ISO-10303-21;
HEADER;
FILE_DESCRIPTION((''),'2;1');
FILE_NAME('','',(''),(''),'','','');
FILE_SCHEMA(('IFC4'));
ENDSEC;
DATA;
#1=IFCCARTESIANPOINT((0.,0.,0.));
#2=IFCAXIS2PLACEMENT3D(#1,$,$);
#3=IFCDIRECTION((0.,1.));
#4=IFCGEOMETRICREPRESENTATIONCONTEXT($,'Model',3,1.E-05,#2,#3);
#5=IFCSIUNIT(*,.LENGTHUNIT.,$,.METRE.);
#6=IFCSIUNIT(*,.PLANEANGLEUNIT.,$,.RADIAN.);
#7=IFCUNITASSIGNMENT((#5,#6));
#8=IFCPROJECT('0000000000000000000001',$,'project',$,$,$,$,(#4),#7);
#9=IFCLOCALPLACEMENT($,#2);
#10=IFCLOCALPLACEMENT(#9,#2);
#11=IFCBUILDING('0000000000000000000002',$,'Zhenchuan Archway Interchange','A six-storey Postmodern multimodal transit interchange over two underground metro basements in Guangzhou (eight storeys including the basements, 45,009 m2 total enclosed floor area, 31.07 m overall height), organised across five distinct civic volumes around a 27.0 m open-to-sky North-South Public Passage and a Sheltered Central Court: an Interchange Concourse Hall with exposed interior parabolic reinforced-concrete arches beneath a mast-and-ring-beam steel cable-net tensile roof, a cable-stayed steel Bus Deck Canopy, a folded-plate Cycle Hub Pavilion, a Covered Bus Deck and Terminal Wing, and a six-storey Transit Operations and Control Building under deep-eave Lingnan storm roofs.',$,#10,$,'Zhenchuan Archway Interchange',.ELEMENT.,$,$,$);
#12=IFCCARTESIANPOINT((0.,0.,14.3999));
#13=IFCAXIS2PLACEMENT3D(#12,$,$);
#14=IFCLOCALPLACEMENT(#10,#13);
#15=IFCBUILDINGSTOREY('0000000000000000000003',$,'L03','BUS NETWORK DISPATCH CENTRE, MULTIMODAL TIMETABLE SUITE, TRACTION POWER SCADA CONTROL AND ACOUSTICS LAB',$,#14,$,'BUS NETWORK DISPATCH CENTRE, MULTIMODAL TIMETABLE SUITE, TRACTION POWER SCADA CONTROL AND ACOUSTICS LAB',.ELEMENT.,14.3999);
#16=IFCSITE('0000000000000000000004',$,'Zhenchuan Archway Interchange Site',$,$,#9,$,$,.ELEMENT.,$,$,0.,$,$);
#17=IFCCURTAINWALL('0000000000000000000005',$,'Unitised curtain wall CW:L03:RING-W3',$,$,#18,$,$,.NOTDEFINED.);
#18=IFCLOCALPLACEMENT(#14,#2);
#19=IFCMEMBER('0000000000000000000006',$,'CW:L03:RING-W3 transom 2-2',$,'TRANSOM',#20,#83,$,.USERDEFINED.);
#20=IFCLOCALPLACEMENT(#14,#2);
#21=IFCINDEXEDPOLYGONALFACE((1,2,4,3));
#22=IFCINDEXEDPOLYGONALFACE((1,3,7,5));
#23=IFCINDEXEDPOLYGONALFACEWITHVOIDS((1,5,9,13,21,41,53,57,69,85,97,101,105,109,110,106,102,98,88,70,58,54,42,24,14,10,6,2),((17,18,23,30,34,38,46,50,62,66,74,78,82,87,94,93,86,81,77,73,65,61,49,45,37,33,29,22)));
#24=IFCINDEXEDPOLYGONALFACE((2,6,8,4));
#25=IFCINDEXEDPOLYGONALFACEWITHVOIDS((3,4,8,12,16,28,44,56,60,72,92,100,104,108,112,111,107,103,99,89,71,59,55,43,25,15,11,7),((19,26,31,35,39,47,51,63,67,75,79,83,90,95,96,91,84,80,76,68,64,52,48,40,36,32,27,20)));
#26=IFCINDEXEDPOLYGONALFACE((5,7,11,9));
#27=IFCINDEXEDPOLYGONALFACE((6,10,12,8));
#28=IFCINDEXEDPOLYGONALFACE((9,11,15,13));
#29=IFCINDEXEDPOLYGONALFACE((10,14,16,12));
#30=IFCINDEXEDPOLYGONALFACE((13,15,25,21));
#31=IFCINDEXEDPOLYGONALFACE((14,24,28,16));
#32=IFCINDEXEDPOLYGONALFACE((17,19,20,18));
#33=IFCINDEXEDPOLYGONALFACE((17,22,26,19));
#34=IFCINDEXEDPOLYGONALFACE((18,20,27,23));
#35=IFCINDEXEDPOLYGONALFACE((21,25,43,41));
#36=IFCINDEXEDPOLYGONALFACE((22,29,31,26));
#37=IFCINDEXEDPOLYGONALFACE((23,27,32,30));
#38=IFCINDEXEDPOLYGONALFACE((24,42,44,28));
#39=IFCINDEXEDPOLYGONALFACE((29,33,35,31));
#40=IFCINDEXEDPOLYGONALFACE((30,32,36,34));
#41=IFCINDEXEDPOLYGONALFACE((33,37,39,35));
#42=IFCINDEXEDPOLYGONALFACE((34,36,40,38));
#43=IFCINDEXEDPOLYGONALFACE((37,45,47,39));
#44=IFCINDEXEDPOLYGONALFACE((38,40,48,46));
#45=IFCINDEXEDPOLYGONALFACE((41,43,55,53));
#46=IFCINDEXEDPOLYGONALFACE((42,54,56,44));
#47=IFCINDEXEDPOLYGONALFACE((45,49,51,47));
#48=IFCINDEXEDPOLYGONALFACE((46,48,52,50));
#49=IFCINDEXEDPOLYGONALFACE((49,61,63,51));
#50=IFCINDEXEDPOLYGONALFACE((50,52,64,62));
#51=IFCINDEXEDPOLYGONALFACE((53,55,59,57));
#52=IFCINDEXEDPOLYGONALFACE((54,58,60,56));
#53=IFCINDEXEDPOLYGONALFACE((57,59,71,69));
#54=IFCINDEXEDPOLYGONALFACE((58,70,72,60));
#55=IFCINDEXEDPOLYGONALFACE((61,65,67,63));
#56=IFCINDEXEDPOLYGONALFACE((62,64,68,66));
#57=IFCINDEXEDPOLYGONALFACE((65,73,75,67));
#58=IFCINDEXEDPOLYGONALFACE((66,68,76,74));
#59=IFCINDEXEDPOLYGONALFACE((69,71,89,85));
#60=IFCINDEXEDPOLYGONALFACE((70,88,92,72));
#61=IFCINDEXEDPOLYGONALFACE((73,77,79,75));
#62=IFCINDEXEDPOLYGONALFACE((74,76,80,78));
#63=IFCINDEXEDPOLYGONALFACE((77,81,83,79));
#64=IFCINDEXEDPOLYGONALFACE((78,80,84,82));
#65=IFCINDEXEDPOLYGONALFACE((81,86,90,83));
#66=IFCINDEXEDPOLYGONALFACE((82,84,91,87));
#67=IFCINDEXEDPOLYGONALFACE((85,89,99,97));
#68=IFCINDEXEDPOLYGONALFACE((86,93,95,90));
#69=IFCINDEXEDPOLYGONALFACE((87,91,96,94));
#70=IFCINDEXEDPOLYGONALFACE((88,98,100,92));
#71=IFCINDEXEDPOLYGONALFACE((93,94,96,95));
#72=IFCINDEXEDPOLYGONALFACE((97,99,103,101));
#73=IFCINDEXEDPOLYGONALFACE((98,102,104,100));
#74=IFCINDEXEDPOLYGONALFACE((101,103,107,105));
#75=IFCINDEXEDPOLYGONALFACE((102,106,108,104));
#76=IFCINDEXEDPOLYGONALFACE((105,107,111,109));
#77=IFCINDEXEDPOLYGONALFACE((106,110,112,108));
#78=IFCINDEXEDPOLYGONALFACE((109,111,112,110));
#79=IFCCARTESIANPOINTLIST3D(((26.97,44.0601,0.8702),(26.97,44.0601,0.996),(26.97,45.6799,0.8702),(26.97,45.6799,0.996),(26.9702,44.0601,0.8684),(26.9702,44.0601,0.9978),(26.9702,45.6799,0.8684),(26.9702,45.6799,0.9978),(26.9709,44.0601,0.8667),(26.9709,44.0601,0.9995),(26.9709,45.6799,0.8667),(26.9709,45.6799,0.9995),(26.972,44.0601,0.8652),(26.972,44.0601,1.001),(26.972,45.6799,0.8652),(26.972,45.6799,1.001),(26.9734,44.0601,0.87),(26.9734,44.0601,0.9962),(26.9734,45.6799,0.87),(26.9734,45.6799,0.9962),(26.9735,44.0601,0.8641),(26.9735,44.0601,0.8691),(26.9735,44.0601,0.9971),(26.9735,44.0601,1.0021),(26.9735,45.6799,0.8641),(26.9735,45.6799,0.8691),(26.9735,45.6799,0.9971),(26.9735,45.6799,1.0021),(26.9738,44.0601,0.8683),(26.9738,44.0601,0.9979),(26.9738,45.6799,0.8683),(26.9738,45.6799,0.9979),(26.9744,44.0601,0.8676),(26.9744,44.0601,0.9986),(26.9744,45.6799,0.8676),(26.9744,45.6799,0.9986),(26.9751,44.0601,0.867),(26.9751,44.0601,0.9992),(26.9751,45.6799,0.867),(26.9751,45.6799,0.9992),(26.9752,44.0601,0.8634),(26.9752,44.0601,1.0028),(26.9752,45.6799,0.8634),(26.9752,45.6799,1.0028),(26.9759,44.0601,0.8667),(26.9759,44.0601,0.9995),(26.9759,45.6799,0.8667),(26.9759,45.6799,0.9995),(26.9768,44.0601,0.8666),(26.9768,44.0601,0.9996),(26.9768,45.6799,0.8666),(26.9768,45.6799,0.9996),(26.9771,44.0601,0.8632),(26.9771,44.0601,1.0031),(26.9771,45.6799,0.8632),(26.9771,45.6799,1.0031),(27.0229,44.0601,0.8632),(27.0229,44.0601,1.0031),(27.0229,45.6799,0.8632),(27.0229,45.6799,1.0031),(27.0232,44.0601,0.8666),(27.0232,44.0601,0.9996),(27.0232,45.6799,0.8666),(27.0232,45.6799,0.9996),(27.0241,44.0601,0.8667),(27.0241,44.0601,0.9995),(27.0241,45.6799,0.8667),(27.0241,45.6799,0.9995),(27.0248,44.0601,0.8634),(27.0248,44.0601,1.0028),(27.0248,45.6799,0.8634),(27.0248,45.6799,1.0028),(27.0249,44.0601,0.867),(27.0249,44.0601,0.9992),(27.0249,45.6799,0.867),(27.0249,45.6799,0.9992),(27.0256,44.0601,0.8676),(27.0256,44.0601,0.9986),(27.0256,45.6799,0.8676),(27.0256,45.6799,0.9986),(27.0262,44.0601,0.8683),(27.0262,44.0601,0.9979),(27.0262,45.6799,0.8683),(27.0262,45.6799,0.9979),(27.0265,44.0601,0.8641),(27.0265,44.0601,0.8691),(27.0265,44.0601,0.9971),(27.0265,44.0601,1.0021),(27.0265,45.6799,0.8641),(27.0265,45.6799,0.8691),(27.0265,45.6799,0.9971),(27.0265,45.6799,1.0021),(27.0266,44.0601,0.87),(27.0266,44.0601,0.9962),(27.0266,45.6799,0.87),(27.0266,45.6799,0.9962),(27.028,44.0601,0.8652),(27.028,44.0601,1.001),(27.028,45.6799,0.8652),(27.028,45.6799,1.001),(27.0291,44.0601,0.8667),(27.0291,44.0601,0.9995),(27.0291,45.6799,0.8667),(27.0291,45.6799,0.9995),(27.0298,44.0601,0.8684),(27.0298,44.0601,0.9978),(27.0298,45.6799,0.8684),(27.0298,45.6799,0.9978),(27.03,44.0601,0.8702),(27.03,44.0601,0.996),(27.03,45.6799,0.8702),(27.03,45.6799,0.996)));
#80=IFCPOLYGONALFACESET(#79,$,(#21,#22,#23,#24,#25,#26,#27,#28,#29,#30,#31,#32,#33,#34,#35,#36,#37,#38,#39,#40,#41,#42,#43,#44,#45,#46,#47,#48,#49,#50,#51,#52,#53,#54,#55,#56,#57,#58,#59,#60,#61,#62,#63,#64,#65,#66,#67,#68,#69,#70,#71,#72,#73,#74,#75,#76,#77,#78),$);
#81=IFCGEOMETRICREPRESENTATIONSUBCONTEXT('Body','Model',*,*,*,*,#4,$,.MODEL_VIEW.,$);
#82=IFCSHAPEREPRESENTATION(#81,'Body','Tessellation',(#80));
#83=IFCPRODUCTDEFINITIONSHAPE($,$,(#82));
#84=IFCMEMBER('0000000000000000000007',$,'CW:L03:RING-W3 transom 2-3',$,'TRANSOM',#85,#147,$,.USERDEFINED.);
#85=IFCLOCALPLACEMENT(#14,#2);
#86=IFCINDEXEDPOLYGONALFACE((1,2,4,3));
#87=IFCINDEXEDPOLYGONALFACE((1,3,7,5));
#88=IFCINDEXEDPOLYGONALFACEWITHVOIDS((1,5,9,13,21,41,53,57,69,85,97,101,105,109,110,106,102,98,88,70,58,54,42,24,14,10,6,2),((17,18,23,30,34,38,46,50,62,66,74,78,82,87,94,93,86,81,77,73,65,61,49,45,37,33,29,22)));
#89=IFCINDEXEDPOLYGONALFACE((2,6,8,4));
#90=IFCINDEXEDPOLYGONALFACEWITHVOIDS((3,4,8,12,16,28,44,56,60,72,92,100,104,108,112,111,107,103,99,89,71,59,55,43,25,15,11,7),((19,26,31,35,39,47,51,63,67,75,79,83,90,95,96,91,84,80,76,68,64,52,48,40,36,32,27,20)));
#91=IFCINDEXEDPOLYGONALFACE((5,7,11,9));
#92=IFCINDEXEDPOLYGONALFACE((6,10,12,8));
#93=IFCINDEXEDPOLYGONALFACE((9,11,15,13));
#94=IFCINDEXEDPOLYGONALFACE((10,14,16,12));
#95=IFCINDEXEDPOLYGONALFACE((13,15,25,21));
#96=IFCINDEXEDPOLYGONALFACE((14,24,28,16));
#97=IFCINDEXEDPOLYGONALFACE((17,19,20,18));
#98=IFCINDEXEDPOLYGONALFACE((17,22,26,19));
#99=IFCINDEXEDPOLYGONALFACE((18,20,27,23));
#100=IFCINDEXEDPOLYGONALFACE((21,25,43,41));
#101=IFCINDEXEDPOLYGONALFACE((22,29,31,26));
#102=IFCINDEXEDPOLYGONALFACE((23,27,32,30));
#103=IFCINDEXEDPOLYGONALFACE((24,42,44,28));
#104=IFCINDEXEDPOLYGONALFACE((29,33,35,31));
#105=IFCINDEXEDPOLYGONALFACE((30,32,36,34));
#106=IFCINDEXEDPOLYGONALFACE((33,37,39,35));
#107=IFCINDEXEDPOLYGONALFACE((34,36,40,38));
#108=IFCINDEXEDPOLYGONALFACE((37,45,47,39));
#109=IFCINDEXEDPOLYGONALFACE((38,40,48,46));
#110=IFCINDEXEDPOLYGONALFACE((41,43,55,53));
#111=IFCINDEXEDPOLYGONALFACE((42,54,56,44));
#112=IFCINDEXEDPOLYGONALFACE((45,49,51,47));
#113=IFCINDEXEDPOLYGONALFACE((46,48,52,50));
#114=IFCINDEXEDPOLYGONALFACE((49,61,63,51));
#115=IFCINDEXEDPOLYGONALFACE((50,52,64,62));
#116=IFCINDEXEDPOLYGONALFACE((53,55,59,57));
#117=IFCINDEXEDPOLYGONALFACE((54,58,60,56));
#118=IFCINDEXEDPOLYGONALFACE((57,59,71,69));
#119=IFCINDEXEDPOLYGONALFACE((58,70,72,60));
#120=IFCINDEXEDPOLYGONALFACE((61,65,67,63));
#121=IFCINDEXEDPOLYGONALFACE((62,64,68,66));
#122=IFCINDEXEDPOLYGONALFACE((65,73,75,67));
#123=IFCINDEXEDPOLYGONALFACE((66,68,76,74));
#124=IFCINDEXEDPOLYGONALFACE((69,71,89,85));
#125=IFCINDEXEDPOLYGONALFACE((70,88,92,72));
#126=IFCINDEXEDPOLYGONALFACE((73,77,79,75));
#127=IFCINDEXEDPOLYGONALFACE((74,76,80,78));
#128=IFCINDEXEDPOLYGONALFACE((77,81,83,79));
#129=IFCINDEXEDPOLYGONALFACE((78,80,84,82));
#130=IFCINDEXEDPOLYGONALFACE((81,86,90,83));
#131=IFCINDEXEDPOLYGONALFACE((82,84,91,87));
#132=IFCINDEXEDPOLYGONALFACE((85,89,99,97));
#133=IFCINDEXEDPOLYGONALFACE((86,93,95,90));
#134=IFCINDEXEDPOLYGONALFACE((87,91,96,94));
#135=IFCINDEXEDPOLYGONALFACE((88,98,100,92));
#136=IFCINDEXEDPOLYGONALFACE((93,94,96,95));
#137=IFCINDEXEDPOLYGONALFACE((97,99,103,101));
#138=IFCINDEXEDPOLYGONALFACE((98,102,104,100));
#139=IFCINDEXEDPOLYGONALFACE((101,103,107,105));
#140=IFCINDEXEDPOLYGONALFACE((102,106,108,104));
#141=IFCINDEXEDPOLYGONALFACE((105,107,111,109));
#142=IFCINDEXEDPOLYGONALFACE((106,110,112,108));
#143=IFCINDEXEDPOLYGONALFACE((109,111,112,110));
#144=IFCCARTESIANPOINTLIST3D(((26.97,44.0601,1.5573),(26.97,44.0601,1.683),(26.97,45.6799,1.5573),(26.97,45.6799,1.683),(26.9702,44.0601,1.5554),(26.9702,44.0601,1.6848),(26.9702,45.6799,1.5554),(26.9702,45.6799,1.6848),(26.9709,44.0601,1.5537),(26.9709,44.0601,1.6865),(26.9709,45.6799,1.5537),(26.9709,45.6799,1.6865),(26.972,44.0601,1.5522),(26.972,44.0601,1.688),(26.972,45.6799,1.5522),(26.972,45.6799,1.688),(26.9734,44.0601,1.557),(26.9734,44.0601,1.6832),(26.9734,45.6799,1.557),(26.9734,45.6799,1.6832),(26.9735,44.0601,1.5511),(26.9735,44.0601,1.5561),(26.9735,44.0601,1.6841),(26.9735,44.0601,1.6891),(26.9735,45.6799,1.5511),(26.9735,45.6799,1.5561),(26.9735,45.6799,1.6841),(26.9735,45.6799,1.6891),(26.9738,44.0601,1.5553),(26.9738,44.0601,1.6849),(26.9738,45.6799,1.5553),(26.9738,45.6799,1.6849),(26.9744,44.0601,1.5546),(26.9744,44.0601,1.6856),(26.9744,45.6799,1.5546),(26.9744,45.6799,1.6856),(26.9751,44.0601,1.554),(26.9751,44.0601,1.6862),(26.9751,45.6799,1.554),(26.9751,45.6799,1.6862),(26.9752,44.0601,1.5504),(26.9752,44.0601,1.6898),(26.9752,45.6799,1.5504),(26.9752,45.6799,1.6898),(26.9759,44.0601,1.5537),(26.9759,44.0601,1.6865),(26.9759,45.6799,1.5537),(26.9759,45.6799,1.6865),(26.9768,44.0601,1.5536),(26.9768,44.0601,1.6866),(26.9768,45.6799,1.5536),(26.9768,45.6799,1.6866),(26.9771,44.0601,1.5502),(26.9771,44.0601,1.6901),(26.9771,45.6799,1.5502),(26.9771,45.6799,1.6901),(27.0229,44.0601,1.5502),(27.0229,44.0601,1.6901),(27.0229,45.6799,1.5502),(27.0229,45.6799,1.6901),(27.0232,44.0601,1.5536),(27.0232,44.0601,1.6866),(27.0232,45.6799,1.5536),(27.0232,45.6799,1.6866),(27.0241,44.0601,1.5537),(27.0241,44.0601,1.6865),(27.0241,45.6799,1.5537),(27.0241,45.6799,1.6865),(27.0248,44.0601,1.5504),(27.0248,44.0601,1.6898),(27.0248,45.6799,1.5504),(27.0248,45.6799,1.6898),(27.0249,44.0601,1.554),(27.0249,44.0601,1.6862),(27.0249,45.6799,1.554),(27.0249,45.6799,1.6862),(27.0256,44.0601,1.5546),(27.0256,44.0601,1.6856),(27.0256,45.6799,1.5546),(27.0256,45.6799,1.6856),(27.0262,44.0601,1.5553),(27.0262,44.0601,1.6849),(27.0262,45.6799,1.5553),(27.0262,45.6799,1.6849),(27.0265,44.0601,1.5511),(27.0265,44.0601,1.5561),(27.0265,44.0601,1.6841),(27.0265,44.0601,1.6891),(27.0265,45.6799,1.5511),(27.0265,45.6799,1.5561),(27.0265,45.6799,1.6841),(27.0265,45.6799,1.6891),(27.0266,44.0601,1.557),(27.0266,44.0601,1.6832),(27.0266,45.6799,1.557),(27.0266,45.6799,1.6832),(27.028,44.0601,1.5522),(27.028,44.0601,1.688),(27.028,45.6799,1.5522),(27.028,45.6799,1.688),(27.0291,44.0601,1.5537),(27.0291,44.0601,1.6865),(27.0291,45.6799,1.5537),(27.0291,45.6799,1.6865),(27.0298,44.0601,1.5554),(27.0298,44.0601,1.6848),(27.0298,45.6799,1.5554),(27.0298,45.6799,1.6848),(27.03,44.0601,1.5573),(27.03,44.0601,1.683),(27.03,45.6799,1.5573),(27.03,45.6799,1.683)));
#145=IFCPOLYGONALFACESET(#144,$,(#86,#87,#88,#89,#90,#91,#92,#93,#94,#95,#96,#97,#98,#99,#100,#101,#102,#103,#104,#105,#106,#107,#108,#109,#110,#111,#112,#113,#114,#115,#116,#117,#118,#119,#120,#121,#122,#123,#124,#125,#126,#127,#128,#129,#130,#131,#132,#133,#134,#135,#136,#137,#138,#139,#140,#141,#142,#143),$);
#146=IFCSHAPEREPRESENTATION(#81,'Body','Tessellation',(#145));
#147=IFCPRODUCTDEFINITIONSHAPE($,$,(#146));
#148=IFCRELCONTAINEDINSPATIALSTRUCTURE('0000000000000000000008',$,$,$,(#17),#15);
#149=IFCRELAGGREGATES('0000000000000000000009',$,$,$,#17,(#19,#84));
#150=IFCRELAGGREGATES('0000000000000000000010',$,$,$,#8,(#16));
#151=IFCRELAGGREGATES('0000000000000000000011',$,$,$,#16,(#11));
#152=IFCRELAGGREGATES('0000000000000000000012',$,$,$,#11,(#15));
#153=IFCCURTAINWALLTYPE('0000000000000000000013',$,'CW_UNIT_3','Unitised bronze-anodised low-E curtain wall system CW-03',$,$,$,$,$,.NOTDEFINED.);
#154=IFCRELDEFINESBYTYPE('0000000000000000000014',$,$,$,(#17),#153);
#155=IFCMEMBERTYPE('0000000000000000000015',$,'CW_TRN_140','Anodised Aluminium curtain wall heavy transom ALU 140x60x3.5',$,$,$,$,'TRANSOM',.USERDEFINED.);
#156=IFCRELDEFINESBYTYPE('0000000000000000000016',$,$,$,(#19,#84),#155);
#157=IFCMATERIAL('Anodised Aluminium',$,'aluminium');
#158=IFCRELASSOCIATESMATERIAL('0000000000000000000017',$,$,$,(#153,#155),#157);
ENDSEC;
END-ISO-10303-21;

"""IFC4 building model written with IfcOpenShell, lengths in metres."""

from ifc_helpers import new_model, si_unit, direction, frame, origin, origin_2d, place, context, subcontext, project, spatial, hollow_rectangle, extrude, material, material_profile, profile_set, type_object, element, aggregate, save


model = new_model("IFC4")

# Units and contexts
model_context = context("Model", 3, precision=1e-05, world=origin(), true_north=direction((0.0, 1.0)))
body_context = subcontext(model_context, "Body", "Model", "MODEL_VIEW")
ifc_project = project(units=[si_unit("LENGTHUNIT", "METRE"), si_unit("PLANEANGLEUNIT", "RADIAN")], contexts=[model_context])

# Site, building, storey
site_placement = place(None, origin())
site = spatial("IfcSite", under=ifc_project, at=site_placement, Name="Zhenchuan Archway Interchange Site", CompositionType="ELEMENT", RefElevation=0.0)
building_placement = place(site_placement, origin())
building = spatial("IfcBuilding", under=site, at=building_placement, Name="Zhenchuan Archway Interchange", Description="A six-storey Postmodern multimodal transit interchange over two underground metro basements in Guangzhou (eight storeys including the basements, 45,009 m2 total enclosed floor area, 31.07 m overall height), organised across five distinct civic volumes around a 27.0 m open-to-sky North-South Public Passage and a Sheltered Central Court: an Interchange Concourse Hall with exposed interior parabolic reinforced-concrete arches beneath a mast-and-ring-beam steel cable-net tensile roof, a cable-stayed steel Bus Deck Canopy, a folded-plate Cycle Hub Pavilion, a Covered Bus Deck and Terminal Wing, and a six-storey Transit Operations and Control Building under deep-eave Lingnan storm roofs.", LongName="Zhenchuan Archway Interchange", CompositionType="ELEMENT")
storey_placement = place(building_placement, frame((0.0, 0.0, 14.3999)))
storey = spatial("IfcBuildingStorey", under=building, at=storey_placement, Name="L03", Description="BUS NETWORK DISPATCH CENTRE, MULTIMODAL TIMETABLE SUITE, TRACTION POWER SCADA CONTROL AND ACOUSTICS LAB", LongName="BUS NETWORK DISPATCH CENTRE, MULTIMODAL TIMETABLE SUITE, TRACTION POWER SCADA CONTROL AND ACOUSTICS LAB", CompositionType="ELEMENT", Elevation=14.3999)

# Curtain wall, members
ifc_material_1 = material(Name="Anodised Aluminium", Category="aluminium")
curtain_wall_type = type_object("IfcCurtainWallType", Name="CW_UNIT_3", Description="Unitised bronze-anodised low-E curtain wall system CW-03", PredefinedType="NOTDEFINED", material=ifc_material_1)
curtain_wall_placement = place(storey_placement, origin())
curtain_wall = element("IfcCurtainWall", 1, at=curtain_wall_placement, inside=storey, type_object=curtain_wall_type, Name="Unitised curtain wall CW:L03:RING-W3", PredefinedType="NOTDEFINED")
ifc_material_profile_1 = material_profile(ifc_material_1, hollow_rectangle(XDim=0.0601, YDim=0.1399, WallThickness=0.0034, InnerFilletRadius=0.0034, OuterFilletRadius=0.0071, at=origin_2d()), Name="ALU 140x60x3.5")
ifc_profile_set_1 = profile_set([ifc_material_profile_1], Name="Anodised Aluminium")
member_type_1 = type_object("IfcMemberType", Name="CW_TRN_140", Description="Anodised Aluminium curtain wall heavy transom ALU 140x60x3.5", ElementType="TRANSOM", PredefinedType="USERDEFINED", material=ifc_profile_set_1)
member_1_placement = place(storey_placement, frame((27.0, 44.0601, 0.9331), z_axis=(0.0, 1.0, 0.0), x_axis=(-1.0, 0.0, 0.0)))
member_1 = element("IfcMember", 2, at=member_1_placement, type_object=member_type_1, Name="CW:L03:RING-W3 transom 2-2", ObjectType="TRANSOM", PredefinedType="USERDEFINED", context=body_context, shape_type="SweptSolid", body=[
    extrude(hollow_rectangle(XDim=0.0601, YDim=0.1399, WallThickness=0.0034, InnerFilletRadius=0.0034, OuterFilletRadius=0.0071, at=origin_2d()), origin(), (0.0, 0.0, 1.0), 1.6199),
])
member_2_placement = place(storey_placement, frame((27.0, 44.0601, 1.6201), z_axis=(0.0, 1.0, 0.0), x_axis=(-1.0, 0.0, 0.0)))
member_2 = element("IfcMember", 3, at=member_2_placement, type_object=member_type_1, Name="CW:L03:RING-W3 transom 2-3", ObjectType="TRANSOM", PredefinedType="USERDEFINED", context=body_context, shape_type="SweptSolid", body=[
    extrude(hollow_rectangle(XDim=0.0601, YDim=0.1399, WallThickness=0.0034, InnerFilletRadius=0.0034, OuterFilletRadius=0.0071, at=origin_2d()), origin(), (0.0, 0.0, 1.0), 1.6199),
])
aggregate(curtain_wall, [member_1, member_2])

save(model, "model.ifc")
